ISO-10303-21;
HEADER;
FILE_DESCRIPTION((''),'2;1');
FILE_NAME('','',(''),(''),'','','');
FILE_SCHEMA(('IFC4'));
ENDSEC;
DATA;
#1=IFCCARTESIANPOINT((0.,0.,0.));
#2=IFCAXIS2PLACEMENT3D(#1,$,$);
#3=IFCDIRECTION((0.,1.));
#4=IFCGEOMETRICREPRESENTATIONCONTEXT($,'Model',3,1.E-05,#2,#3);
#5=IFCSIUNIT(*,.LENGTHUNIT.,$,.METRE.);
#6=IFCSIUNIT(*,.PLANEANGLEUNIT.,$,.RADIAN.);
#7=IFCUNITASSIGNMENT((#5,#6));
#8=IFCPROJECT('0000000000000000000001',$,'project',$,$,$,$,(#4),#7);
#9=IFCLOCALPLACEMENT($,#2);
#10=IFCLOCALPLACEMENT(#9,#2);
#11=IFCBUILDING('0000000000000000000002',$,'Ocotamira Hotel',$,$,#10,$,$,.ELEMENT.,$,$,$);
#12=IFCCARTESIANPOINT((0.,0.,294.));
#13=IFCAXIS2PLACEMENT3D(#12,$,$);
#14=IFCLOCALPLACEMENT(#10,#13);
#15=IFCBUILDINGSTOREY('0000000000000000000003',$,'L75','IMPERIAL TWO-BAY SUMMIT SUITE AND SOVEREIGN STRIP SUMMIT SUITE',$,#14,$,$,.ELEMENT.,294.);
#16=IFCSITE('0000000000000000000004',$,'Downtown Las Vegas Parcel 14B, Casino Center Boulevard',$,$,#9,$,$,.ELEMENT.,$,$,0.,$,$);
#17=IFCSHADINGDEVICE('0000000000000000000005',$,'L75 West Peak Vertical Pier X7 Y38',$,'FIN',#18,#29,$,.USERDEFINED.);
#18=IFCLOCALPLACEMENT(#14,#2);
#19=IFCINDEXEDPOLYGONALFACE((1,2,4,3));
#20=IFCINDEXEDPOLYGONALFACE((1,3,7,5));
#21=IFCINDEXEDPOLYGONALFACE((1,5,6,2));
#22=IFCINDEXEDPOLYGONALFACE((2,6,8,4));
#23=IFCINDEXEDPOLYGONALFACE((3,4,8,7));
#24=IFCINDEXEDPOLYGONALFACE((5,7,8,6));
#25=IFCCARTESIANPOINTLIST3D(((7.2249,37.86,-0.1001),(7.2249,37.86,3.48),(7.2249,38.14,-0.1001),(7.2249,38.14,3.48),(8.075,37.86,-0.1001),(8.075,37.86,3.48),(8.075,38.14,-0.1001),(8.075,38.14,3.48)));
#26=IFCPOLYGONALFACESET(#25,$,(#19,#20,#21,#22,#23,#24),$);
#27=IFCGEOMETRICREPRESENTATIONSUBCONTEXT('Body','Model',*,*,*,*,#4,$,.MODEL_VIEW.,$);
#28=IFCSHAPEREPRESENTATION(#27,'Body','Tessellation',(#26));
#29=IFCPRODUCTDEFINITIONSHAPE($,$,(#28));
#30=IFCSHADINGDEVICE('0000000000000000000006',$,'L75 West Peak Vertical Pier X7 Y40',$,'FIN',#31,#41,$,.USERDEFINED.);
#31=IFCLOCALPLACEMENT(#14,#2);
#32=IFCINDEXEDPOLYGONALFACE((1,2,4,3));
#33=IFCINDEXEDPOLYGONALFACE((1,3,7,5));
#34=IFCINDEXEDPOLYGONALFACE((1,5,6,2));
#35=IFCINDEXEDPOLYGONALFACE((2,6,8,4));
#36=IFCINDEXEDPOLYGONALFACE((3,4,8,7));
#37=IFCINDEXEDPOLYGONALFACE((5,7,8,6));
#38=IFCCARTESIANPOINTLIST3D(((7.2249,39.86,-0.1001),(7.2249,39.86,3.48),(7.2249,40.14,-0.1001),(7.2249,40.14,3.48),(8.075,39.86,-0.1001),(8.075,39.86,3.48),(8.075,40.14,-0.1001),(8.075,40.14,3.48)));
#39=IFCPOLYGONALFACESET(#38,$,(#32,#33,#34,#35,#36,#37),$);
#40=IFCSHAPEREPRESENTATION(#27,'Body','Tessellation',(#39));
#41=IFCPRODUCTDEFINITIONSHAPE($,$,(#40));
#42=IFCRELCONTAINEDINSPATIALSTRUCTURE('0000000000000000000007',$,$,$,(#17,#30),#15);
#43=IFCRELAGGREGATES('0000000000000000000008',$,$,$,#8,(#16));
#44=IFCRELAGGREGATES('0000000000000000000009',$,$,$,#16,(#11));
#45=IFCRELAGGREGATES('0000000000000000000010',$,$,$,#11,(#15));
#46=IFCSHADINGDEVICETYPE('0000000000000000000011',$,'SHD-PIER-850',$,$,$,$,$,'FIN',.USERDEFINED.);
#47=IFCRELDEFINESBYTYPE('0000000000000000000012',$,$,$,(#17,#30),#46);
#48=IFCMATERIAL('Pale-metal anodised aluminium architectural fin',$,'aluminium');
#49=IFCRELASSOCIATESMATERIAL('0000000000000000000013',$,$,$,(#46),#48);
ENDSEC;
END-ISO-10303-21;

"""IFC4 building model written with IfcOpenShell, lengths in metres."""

from ifc_helpers import new_model, si_unit, direction, frame, origin, origin_2d, place, context, subcontext, project, spatial, rectangle, extrude, source, transform, mapped, material, type_object, element, save


model = new_model("IFC4")

# Units and contexts
model_context = context("Model", 3, precision=1e-05, world=origin(), true_north=direction((0.0, 1.0)))
body_context = subcontext(model_context, "Body", "Model", "MODEL_VIEW")
ifc_project = project(units=[si_unit("LENGTHUNIT", "METRE"), si_unit("PLANEANGLEUNIT", "RADIAN")], contexts=[model_context])

# Site, building, storey
site_placement = place(None, origin())
site = spatial("IfcSite", under=ifc_project, at=site_placement, Name="Downtown Las Vegas Parcel 14B, Casino Center Boulevard", CompositionType="ELEMENT", RefElevation=0.0)
building_placement = place(site_placement, origin())
building = spatial("IfcBuilding", under=site, at=building_placement, Name="Ocotamira Hotel", CompositionType="ELEMENT")
storey_placement = place(building_placement, frame((0.0, 0.0, 294.0)))
storey = spatial("IfcBuildingStorey", under=building, at=storey_placement, Name="L75", Description="IMPERIAL TWO-BAY SUMMIT SUITE AND SOVEREIGN STRIP SUMMIT SUITE", CompositionType="ELEMENT", Elevation=294.0)

# Shading devices
ifc_material_1 = material(Name="Pale-metal anodised aluminium architectural fin", Category="aluminium")
shading_device_type = type_object("IfcShadingDeviceType", Name="SHD-PIER-850", ElementType="FIN", PredefinedType="USERDEFINED", material=ifc_material_1)
shared_shape_1 = source(origin(), body_context, "Body", "SweptSolid", [
    extrude(rectangle(XDim=0.8501, YDim=0.28, at=origin_2d()), origin(), (0.0, 0.0, 1.0), 3.5801),
])
for number, where, z_axis, x_axis, name in (
    (1, (7.6499, 38.0, -0.1001), (0.0, 0.0, 1.0), (1.0, 0.0, 0.0), "L75 West Peak Vertical Pier X7 Y38"),
    (2, (7.6499, 40.0, -0.1001), (0.0, 0.0, 1.0), (1.0, 0.0, 0.0), "L75 West Peak Vertical Pier X7 Y40"),
):
    element("IfcShadingDevice", number, at=place(storey_placement, frame(where, z_axis=z_axis, x_axis=x_axis)), inside=storey, type_object=shading_device_type, Name=name, ObjectType="FIN", PredefinedType="USERDEFINED", context=body_context, shape_type="MappedRepresentation", body=[
        mapped(shared_shape_1, transform((0.0, 0.0, 0.0), scale=1.0)),
    ])

save(model, "model.ifc")
